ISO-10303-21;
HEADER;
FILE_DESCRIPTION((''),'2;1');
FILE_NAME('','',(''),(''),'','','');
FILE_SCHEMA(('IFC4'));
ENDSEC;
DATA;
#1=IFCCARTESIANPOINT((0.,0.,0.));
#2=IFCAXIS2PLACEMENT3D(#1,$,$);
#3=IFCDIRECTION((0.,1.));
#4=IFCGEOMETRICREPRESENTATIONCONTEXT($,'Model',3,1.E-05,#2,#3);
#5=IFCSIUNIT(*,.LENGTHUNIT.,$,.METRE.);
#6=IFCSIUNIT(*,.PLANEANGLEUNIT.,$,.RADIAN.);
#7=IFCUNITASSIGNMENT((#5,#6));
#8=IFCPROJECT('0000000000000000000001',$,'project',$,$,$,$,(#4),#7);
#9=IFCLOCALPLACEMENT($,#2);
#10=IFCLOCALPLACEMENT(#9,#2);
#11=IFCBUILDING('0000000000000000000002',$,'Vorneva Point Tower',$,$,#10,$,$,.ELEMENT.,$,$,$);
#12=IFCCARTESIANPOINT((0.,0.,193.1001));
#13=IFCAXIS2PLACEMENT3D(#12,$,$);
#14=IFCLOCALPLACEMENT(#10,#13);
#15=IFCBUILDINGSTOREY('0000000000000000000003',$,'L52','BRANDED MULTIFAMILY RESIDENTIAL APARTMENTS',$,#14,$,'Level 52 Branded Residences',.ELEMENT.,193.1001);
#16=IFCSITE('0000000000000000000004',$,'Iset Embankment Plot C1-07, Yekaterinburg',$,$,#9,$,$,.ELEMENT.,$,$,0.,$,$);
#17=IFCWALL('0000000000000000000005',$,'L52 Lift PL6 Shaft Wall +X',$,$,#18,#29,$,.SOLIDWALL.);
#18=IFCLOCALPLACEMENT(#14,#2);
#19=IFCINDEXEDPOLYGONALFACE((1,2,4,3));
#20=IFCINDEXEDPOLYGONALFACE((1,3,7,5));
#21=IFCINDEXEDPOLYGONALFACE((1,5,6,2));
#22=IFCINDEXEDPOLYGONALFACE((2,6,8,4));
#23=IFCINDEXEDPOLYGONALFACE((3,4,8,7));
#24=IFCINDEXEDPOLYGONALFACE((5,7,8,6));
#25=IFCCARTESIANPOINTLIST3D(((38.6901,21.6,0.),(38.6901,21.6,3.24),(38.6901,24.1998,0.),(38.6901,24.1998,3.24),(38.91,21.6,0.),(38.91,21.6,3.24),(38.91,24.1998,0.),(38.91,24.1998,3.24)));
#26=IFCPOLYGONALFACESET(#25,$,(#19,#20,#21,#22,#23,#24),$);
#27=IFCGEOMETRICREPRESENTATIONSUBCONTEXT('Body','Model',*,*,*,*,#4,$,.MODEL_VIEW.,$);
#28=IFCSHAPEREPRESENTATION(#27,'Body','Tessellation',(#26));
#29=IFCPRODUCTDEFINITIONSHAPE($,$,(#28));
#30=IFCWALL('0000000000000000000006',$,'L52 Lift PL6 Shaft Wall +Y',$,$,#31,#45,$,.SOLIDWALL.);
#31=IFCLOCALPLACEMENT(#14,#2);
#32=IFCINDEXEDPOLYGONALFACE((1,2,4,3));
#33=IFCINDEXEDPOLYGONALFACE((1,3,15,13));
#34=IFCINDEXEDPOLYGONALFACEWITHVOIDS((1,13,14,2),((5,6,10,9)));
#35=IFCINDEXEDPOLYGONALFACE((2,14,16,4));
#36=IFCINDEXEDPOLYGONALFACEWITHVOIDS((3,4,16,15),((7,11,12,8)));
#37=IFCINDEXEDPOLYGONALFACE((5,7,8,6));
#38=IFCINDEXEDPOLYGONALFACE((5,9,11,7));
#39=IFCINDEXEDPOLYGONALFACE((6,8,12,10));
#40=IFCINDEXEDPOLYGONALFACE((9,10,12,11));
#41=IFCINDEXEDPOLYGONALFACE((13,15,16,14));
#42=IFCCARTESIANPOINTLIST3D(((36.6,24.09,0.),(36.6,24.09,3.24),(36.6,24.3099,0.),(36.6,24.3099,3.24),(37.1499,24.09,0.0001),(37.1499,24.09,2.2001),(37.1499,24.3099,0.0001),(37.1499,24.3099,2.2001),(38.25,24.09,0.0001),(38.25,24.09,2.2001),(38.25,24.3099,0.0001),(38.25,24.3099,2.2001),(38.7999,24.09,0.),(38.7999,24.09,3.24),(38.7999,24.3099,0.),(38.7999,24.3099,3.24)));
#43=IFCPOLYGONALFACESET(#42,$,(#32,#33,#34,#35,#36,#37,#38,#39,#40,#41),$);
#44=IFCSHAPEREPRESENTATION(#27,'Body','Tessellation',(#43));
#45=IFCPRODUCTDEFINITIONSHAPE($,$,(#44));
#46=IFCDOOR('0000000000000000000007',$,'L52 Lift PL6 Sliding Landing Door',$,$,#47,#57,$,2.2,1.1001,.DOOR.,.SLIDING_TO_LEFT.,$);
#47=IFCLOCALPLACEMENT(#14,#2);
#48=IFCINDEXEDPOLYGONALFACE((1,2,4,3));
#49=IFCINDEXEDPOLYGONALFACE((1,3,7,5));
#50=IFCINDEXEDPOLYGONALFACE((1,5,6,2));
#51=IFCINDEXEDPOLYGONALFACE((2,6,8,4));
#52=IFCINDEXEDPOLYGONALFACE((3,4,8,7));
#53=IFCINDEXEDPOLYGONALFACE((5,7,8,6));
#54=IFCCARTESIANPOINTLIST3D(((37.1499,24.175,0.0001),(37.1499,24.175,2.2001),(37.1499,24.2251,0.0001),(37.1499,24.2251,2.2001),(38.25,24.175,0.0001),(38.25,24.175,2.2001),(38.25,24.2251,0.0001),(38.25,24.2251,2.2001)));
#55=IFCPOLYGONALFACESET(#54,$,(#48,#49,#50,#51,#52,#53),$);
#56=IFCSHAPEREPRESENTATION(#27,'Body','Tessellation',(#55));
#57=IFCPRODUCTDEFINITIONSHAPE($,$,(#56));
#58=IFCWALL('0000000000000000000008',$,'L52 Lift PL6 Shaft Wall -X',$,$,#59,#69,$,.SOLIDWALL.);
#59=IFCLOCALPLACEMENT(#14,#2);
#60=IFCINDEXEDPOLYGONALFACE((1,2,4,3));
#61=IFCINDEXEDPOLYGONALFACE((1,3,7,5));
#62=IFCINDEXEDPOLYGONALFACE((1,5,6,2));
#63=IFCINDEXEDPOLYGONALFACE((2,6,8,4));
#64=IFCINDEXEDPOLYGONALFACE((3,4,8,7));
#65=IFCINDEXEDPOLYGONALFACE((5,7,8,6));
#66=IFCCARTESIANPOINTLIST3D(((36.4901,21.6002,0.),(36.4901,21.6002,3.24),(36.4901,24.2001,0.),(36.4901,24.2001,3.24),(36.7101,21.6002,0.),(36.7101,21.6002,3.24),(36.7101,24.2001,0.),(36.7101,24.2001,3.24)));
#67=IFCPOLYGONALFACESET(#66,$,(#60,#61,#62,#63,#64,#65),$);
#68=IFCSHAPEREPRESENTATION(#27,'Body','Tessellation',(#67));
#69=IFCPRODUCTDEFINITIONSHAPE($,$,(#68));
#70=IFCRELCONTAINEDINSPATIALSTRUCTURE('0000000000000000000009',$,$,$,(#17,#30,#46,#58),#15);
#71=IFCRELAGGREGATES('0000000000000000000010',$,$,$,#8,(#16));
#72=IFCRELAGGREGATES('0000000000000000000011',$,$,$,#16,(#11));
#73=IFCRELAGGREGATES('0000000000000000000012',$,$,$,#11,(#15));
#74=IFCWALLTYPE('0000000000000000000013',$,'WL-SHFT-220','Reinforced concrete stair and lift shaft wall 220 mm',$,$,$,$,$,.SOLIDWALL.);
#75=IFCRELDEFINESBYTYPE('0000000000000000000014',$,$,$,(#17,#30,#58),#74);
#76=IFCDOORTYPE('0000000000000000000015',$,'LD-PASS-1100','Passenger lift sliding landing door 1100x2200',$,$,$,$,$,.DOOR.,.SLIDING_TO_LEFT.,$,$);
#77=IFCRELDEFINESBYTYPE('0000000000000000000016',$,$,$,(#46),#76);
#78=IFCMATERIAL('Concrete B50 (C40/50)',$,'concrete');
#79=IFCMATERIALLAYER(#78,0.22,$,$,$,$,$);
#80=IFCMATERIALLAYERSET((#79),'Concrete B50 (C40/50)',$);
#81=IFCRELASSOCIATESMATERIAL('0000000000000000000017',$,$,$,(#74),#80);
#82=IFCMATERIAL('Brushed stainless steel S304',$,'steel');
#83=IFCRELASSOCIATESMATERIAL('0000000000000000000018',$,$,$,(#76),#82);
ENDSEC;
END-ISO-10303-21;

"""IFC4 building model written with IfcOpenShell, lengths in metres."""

from ifc_helpers import new_model, si_unit, direction, frame, frame_2d, origin, place, context, subcontext, project, spatial, rectangle, extrude, material, layer, layer_set, type_object, element, fill, save


model = new_model("IFC4")

# Units and contexts
model_context = context("Model", 3, precision=1e-05, world=origin(), true_north=direction((0.0, 1.0)))
body_context = subcontext(model_context, "Body", "Model", "MODEL_VIEW")
ifc_project = project(units=[si_unit("LENGTHUNIT", "METRE"), si_unit("PLANEANGLEUNIT", "RADIAN")], contexts=[model_context])

# Site, building, storey
site_placement = place(None, origin())
site = spatial("IfcSite", under=ifc_project, at=site_placement, Name="Iset Embankment Plot C1-07, Yekaterinburg", CompositionType="ELEMENT", RefElevation=0.0)
building_placement = place(site_placement, origin())
building = spatial("IfcBuilding", under=site, at=building_placement, Name="Vorneva Point Tower", CompositionType="ELEMENT")
storey_placement = place(building_placement, frame((0.0, 0.0, 193.1001)))
storey = spatial("IfcBuildingStorey", under=building, at=storey_placement, Name="L52", Description="BRANDED MULTIFAMILY RESIDENTIAL APARTMENTS", LongName="Level 52 Branded Residences", CompositionType="ELEMENT", Elevation=193.1001)

# Shared definitions
ifc_material_1 = material(Name="Concrete B50 (C40/50)", Category="concrete")
ifc_layer_1 = layer(ifc_material_1, 0.22)
ifc_layer_set_1 = layer_set([ifc_layer_1], Name="Concrete B50 (C40/50)")
wall_type_1 = type_object("IfcWallType", Name="WL-SHFT-220", Description="Reinforced concrete stair and lift shaft wall 220 mm", PredefinedType="SOLIDWALL", material=ifc_layer_set_1)

# Shared definitions
ifc_material_2 = material(Name="Brushed stainless steel S304", Category="steel")
door_type_1 = type_object("IfcDoorType", Name="LD-PASS-1100", Description="Passenger lift sliding landing door 1100x2200", OperationType="SLIDING_TO_LEFT", PredefinedType="DOOR", material=ifc_material_2)

# Wall
wall_1_placement = place(storey_placement, frame((38.8, 21.6001, 0.0), z_axis=(0.0, 0.0, 1.0), x_axis=(0.0, 1.0, 0.0)))
element("IfcWall", 1, at=wall_1_placement, inside=storey, type_object=wall_type_1, Name="L52 Lift PL6 Shaft Wall +X", PredefinedType="SOLIDWALL", context=body_context, shape_type="SweptSolid", body=[
    extrude(rectangle(XDim=2.5999, YDim=0.22, at=frame_2d((1.2998, 0.0))), origin(), (0.0, 0.0, 1.0), 3.24),
])

# Wall, opening, door
wall_2_placement = place(storey_placement, frame((38.8, 24.2, 0.0), z_axis=(0.0, 0.0, 1.0), x_axis=(-1.0, 0.0, 0.0)))
wall_2 = element("IfcWall", 2, at=wall_2_placement, inside=storey, type_object=wall_type_1, Name="L52 Lift PL6 Shaft Wall +Y", PredefinedType="SOLIDWALL", context=body_context, shape_type="SweptSolid", body=[
    extrude(rectangle(XDim=2.2, YDim=0.22, at=frame_2d((1.1001, 0.0))), origin(), (0.0, 0.0, 1.0), 3.24),
])
opening_1_placement = place(wall_2_placement, frame((0.55, 0.0, 0.0)))
opening_1 = element("IfcOpeningElement", 3, at=opening_1_placement, cuts=wall_2, PredefinedType="OPENING", context=body_context, shape_type="SweptSolid", body=[
    extrude(rectangle(XDim=1.1001, YDim=2.2, at=frame_2d((0.55, 1.1001))), frame((0.0, 0.125, 0.0), z_axis=(0.0, -1.0, 0.0), x_axis=(1.0, 0.0, 0.0)), (0.0, 0.0, 1.0), 0.2498),
])
door_1_placement = place(opening_1_placement, origin())
door_1 = element("IfcDoor", 4, at=door_1_placement, inside=storey, type_object=door_type_1, Name="L52 Lift PL6 Sliding Landing Door", OperationType="SLIDING_TO_LEFT", OverallHeight=2.2, OverallWidth=1.1001, PredefinedType="DOOR", context=body_context, shape_type="SweptSolid", body=[
    extrude(rectangle(XDim=1.1001, YDim=2.2, at=frame_2d((0.55, 1.1001))), frame((0.0, 0.0249, 0.0), z_axis=(0.0, -1.0, 0.0), x_axis=(1.0, 0.0, 0.0)), (0.0, 0.0, 1.0), 0.05),
])
fill(opening_1, door_1)

# Wall
wall_3_placement = place(storey_placement, frame((36.6001, 24.2, 0.0), z_axis=(0.0, 0.0, 1.0), x_axis=(0.0, -1.0, 0.0)))
element("IfcWall", 5, at=wall_3_placement, inside=storey, type_object=wall_type_1, Name="L52 Lift PL6 Shaft Wall -X", PredefinedType="SOLIDWALL", context=body_context, shape_type="SweptSolid", body=[
    extrude(rectangle(XDim=2.5999, YDim=0.22, at=frame_2d((1.2998, 0.0))), origin(), (0.0, 0.0, 1.0), 3.24),
])

save(model, "model.ifc")
